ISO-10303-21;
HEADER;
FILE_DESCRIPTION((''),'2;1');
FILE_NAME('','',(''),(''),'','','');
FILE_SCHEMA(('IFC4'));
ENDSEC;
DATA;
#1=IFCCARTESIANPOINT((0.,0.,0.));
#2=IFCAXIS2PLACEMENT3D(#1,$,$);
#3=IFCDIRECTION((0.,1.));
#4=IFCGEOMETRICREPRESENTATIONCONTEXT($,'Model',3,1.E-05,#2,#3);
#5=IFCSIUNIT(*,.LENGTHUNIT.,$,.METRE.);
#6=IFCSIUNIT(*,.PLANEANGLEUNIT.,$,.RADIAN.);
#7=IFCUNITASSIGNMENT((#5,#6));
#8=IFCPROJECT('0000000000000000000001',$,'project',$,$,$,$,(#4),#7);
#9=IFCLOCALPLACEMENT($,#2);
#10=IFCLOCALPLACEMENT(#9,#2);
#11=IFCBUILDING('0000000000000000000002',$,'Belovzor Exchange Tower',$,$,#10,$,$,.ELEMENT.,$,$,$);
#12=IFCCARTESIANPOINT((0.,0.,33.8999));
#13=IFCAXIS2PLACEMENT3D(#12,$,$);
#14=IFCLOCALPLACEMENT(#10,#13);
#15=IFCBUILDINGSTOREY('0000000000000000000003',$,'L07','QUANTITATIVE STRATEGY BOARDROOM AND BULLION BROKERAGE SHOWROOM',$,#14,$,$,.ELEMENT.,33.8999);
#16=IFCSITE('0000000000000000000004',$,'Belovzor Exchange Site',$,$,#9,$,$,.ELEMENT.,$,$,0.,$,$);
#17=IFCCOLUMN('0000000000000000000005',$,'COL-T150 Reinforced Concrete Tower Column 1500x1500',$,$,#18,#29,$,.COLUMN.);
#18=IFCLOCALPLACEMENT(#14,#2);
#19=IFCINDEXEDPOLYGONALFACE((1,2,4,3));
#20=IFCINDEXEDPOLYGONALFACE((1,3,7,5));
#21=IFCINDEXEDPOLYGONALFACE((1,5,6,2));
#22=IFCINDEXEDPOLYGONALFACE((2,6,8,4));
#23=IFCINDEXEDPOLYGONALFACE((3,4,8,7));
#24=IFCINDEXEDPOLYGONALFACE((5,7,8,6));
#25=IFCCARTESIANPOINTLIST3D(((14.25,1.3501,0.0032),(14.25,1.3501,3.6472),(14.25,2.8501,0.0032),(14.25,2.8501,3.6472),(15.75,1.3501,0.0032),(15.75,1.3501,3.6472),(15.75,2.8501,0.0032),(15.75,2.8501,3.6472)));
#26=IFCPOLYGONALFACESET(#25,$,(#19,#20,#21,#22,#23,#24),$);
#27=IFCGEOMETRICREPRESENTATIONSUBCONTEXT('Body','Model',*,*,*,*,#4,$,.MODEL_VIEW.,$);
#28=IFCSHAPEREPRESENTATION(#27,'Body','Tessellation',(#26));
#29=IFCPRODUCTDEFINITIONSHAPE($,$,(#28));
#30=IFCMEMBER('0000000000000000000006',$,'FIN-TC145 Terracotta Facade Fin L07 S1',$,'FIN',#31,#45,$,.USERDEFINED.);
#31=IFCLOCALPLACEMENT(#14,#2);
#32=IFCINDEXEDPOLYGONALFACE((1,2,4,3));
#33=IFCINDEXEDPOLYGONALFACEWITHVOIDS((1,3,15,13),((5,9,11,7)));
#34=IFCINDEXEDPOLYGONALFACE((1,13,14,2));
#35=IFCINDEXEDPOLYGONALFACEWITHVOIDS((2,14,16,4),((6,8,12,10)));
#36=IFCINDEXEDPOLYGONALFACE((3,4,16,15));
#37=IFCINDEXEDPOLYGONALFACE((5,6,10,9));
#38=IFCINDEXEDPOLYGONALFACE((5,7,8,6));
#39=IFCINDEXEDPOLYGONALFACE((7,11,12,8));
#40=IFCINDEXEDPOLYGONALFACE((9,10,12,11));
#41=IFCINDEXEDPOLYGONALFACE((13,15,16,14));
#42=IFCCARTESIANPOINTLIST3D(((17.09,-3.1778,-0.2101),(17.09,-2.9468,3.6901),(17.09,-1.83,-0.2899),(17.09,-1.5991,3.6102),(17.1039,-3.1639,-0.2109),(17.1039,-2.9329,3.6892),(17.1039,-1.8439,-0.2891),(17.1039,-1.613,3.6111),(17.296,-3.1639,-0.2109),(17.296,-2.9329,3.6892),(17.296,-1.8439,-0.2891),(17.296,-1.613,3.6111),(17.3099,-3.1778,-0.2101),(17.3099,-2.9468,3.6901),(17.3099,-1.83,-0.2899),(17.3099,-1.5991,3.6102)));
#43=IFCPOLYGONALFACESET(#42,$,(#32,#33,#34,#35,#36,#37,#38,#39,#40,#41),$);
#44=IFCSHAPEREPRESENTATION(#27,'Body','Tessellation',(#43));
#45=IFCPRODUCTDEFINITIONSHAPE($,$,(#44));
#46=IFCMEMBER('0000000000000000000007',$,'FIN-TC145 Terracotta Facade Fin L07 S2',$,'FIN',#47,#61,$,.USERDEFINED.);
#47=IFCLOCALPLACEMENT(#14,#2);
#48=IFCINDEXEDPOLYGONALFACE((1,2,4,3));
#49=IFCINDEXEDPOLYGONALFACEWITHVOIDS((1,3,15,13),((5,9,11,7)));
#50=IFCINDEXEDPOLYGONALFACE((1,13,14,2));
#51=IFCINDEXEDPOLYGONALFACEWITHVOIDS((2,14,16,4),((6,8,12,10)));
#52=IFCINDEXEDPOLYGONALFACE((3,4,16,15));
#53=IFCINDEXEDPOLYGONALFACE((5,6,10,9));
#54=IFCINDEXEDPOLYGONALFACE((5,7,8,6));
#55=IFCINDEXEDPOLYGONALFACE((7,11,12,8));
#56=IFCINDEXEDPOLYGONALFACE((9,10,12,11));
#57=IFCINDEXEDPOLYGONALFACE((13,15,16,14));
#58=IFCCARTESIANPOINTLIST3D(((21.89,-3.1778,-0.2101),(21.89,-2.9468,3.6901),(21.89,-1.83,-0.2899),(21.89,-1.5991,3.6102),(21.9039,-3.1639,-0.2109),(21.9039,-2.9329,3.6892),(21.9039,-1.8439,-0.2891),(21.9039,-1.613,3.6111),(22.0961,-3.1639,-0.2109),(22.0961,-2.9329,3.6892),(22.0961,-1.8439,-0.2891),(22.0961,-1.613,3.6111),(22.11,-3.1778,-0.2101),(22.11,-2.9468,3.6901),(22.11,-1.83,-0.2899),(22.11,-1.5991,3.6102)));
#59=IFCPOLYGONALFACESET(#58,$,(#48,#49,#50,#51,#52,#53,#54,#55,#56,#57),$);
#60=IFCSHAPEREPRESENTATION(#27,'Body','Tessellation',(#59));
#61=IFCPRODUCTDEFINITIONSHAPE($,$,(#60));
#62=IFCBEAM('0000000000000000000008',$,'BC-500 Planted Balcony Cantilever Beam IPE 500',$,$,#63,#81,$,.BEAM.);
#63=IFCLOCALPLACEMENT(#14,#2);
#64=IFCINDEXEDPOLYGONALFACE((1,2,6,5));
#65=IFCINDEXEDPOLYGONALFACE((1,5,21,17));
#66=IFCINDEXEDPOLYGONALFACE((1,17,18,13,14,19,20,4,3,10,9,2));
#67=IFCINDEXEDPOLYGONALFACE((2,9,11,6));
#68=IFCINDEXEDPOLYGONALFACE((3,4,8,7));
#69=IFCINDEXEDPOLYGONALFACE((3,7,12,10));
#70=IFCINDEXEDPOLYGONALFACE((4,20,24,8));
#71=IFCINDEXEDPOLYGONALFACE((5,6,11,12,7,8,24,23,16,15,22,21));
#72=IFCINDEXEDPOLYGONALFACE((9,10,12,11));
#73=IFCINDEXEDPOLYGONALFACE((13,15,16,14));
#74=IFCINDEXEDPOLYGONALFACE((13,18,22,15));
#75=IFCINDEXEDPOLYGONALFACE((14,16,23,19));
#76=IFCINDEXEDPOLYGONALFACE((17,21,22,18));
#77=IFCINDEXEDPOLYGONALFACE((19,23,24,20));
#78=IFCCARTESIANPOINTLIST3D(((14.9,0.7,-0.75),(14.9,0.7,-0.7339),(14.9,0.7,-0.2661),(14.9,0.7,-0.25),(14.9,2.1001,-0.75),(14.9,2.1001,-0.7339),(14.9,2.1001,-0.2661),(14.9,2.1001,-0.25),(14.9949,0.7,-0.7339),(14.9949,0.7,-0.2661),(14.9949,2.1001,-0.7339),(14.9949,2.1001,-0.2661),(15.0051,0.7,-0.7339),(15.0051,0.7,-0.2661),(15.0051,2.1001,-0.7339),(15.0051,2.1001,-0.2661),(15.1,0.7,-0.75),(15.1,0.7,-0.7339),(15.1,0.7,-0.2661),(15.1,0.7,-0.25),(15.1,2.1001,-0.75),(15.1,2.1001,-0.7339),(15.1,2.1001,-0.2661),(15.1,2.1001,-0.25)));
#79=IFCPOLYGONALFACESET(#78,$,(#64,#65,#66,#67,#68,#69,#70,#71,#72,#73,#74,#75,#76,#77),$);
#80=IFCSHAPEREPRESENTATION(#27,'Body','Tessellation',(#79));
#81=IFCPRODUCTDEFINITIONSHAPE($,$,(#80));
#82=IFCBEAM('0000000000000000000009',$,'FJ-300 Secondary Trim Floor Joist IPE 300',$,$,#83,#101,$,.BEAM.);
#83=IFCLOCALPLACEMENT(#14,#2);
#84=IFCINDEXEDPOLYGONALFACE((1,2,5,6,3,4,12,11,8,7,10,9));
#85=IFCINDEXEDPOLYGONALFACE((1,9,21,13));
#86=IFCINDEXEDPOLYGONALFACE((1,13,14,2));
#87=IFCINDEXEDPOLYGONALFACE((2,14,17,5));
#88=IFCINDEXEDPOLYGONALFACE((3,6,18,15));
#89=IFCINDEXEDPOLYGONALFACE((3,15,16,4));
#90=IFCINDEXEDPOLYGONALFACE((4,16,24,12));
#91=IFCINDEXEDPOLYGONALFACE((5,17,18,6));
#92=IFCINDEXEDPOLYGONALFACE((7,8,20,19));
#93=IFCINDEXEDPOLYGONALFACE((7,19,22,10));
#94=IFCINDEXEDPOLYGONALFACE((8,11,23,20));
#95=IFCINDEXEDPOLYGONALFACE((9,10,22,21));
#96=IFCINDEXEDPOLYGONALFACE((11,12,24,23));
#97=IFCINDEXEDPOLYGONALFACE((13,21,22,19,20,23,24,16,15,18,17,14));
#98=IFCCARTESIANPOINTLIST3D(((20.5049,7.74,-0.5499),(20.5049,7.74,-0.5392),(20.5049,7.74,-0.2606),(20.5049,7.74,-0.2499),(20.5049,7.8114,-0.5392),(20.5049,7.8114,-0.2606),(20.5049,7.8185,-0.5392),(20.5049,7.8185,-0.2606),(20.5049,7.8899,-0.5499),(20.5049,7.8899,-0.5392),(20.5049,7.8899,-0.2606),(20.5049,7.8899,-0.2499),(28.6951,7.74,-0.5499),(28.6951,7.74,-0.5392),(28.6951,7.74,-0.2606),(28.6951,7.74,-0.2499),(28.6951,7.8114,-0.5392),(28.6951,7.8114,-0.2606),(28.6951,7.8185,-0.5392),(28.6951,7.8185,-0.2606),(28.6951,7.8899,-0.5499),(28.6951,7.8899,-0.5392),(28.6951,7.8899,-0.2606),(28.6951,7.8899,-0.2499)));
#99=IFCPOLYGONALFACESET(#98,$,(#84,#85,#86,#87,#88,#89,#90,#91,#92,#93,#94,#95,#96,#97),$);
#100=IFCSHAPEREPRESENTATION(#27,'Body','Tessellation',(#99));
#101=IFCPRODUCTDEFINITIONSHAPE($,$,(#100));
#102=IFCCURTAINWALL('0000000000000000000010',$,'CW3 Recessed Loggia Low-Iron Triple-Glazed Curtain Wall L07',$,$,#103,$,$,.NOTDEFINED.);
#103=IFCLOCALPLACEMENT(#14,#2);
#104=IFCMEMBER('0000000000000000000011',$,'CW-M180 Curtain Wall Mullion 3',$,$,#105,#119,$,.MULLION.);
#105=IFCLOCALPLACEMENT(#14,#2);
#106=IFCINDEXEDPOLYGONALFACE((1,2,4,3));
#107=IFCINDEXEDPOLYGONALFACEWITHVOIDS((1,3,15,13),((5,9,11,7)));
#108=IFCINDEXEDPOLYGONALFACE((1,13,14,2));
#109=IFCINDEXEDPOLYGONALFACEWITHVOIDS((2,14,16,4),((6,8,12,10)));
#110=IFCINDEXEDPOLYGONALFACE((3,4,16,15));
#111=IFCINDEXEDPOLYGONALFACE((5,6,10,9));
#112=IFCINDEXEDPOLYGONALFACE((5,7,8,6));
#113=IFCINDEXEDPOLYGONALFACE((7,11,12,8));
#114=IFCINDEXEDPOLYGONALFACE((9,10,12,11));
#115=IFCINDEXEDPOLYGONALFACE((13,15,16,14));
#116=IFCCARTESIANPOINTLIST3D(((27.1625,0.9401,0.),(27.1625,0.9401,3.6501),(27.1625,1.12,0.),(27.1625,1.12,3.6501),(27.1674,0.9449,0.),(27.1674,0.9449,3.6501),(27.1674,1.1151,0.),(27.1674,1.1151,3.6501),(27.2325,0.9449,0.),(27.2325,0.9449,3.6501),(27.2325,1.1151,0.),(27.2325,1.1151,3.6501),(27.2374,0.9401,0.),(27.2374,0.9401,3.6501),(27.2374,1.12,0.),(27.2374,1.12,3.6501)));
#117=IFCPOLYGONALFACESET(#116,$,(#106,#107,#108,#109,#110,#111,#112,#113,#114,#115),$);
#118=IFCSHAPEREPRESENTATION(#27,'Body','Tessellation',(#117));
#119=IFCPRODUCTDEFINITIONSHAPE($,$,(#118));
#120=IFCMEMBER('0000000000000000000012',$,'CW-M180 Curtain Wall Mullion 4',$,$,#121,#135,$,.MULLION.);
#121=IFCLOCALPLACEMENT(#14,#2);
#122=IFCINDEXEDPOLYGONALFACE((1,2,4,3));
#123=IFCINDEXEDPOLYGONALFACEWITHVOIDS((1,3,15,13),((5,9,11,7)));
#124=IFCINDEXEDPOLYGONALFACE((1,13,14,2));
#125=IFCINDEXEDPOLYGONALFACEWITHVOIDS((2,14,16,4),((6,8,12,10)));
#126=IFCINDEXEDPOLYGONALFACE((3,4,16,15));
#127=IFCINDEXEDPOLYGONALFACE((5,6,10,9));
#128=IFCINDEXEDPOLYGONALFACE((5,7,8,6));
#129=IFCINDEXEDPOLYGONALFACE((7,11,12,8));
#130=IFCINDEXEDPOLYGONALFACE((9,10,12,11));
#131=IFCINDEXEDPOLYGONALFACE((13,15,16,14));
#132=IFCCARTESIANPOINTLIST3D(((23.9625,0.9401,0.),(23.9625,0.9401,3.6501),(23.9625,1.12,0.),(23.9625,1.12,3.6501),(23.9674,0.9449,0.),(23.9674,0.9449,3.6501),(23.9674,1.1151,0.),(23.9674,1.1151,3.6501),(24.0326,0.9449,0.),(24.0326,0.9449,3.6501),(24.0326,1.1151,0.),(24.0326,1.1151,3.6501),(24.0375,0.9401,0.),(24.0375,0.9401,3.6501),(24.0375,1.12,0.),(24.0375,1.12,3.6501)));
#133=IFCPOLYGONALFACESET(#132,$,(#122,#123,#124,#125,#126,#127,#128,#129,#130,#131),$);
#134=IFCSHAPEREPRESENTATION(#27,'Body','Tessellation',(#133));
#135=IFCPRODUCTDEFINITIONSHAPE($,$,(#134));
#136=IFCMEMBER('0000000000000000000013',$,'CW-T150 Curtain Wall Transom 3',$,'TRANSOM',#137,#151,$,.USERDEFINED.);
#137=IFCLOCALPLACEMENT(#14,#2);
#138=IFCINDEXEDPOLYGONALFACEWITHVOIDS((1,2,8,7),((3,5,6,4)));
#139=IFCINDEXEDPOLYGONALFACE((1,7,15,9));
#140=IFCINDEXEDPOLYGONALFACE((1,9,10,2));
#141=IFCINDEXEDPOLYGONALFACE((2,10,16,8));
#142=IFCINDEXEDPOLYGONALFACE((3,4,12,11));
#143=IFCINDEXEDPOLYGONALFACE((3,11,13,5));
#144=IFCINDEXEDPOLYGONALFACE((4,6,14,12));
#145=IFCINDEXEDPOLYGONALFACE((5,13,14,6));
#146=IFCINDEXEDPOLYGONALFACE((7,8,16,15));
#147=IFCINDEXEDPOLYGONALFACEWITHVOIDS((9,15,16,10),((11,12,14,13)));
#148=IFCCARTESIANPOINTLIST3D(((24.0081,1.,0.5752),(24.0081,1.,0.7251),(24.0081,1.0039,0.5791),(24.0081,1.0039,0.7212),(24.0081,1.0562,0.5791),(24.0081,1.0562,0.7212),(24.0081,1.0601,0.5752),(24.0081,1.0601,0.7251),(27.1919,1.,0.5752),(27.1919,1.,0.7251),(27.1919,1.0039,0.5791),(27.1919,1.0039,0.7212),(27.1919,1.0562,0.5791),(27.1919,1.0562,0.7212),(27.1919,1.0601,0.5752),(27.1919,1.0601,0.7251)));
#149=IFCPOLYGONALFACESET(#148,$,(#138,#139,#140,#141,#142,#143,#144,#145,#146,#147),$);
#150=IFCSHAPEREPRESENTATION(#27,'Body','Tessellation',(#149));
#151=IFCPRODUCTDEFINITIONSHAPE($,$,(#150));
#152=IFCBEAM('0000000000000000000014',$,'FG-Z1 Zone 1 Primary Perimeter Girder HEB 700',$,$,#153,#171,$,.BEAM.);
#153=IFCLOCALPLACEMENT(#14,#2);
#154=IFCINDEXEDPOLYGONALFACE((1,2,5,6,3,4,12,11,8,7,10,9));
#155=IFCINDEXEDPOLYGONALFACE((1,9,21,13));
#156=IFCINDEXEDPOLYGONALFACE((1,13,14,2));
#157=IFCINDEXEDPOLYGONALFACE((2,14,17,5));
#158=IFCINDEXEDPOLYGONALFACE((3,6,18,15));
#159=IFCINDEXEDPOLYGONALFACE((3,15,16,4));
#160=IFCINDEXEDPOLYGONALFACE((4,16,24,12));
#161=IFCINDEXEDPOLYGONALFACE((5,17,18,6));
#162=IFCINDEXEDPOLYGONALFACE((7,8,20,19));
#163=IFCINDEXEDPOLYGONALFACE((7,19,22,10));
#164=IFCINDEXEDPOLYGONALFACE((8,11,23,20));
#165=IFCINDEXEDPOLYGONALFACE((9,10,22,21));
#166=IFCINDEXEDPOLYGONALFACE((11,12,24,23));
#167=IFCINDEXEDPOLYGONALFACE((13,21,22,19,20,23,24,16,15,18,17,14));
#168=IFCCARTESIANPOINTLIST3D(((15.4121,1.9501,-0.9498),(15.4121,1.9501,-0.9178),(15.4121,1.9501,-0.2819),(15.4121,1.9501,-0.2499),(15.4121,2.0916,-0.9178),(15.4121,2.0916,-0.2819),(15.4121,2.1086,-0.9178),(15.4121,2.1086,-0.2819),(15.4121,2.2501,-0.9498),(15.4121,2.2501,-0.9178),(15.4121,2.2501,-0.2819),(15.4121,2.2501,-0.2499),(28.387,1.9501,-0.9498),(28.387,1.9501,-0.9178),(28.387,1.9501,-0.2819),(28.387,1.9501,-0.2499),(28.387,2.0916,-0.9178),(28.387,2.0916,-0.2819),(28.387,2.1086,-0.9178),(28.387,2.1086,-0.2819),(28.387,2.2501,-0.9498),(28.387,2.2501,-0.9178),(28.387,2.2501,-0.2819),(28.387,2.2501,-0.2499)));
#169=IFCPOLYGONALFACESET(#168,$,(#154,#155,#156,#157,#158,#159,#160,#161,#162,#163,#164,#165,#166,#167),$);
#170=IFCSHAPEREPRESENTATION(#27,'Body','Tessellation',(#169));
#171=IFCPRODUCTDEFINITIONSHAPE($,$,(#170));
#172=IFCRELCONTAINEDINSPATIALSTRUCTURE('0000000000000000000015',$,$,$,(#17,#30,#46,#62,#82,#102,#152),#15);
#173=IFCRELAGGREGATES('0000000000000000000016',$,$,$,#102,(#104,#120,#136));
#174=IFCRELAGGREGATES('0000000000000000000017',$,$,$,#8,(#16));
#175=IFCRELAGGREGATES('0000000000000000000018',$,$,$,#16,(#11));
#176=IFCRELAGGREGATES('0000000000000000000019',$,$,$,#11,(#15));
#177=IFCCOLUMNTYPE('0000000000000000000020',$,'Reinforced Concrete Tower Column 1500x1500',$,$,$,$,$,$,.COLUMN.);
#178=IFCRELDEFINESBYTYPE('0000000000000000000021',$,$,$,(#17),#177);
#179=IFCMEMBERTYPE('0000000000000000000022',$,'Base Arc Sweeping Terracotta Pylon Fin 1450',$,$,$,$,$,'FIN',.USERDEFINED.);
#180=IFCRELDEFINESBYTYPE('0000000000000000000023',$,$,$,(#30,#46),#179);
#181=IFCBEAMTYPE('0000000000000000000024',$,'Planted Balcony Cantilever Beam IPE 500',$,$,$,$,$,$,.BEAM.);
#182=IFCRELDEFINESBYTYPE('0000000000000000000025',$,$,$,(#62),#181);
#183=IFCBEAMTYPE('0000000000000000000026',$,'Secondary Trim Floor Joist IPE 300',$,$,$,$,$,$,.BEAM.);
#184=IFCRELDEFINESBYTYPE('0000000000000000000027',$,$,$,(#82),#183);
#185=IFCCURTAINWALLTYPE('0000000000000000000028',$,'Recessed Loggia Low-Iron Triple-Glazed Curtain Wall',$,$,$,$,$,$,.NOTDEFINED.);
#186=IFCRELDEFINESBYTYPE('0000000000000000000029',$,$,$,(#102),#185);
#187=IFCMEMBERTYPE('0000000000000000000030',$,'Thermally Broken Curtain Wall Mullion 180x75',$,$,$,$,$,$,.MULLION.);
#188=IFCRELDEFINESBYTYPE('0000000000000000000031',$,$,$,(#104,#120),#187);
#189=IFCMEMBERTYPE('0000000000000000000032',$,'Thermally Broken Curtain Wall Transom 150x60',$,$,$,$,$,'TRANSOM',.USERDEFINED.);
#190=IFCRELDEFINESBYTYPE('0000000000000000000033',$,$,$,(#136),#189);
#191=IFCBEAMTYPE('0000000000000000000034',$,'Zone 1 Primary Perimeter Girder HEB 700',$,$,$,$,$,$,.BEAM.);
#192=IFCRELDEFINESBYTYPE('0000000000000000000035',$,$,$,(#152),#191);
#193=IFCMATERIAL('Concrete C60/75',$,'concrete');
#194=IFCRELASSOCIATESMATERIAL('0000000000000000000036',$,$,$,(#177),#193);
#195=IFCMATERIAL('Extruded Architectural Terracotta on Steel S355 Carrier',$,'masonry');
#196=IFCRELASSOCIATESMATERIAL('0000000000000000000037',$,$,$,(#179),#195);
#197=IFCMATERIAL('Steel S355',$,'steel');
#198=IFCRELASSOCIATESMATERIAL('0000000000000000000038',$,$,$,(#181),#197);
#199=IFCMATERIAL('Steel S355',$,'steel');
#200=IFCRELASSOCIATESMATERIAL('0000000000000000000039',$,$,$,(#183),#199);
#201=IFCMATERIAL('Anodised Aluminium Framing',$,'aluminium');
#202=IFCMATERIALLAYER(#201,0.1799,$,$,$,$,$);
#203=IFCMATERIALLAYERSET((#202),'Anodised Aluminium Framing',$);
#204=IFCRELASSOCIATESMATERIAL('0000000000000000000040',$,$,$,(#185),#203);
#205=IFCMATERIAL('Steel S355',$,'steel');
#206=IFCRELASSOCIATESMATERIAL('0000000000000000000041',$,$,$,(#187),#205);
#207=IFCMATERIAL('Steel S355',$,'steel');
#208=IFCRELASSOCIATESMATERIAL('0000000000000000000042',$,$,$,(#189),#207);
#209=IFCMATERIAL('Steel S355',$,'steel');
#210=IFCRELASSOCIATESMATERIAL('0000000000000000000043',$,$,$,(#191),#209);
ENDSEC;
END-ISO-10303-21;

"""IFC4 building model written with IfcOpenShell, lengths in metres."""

from ifc_helpers import new_model, si_unit, direction, frame, origin, origin_2d, place, context, subcontext, project, spatial, rectangle, hollow_rectangle, i_section, extrude, material, layer, layer_set, material_profile, profile_set, type_object, element, aggregate, save


model = new_model("IFC4")

# Units and contexts
model_context = context("Model", 3, precision=1e-05, world=origin(), true_north=direction((0.0, 1.0)))
body_context = subcontext(model_context, "Body", "Model", "MODEL_VIEW")
ifc_project = project(units=[si_unit("LENGTHUNIT", "METRE"), si_unit("PLANEANGLEUNIT", "RADIAN")], contexts=[model_context])

# Site, building, storey
site_placement = place(None, origin())
site = spatial("IfcSite", under=ifc_project, at=site_placement, Name="Belovzor Exchange Site", CompositionType="ELEMENT", RefElevation=0.0)
building_placement = place(site_placement, origin())
building = spatial("IfcBuilding", under=site, at=building_placement, Name="Belovzor Exchange Tower", CompositionType="ELEMENT")
storey_placement = place(building_placement, frame((0.0, 0.0, 33.8999)))
storey = spatial("IfcBuildingStorey", under=building, at=storey_placement, Name="L07", Description="QUANTITATIVE STRATEGY BOARDROOM AND BULLION BROKERAGE SHOWROOM", CompositionType="ELEMENT", Elevation=33.8999)

# Column
ifc_material_1 = material(Name="Concrete C60/75", Category="concrete")
ifc_material_profile_1 = material_profile(ifc_material_1, rectangle(XDim=1.5, YDim=1.5, at=origin_2d()))
ifc_profile_set_1 = profile_set([ifc_material_profile_1], Name="Concrete C60/75")
column_type = type_object("IfcColumnType", Name="Reinforced Concrete Tower Column 1500x1500", PredefinedType="COLUMN", material=ifc_profile_set_1)
column_placement = place(storey_placement, frame((15.0, 2.1001, 0.0032), z_axis=(0.0, 0.0, 1.0), x_axis=(1.0, 0.0, 0.0)))
element("IfcColumn", 1, at=column_placement, inside=storey, type_object=column_type, Name="COL-T150 Reinforced Concrete Tower Column 1500x1500", PredefinedType="COLUMN", context=body_context, shape_type="SweptSolid", body=[
    extrude(rectangle(XDim=1.5, YDim=1.5, at=origin_2d()), origin(), (0.0, 0.0, 1.0), 3.644),
])

# Members
ifc_material_2 = material(Name="Extruded Architectural Terracotta on Steel S355 Carrier", Category="masonry")
ifc_material_profile_2 = material_profile(ifc_material_2, hollow_rectangle(XDim=0.22, YDim=1.3501, WallThickness=0.0139, at=origin_2d()))
ifc_profile_set_2 = profile_set([ifc_material_profile_2], Name="Extruded Architectural Terracotta on Steel S355 Carrier")
member_type_1 = type_object("IfcMemberType", Name="Base Arc Sweeping Terracotta Pylon Fin 1450", ElementType="FIN", PredefinedType="USERDEFINED", material=ifc_profile_set_2)
for number, where, z_axis, x_axis, name in (
    (2, (17.2, -2.5039, -0.25), (0.0, 0.059114, 0.998251), (-1.0, 0.0, 0.0), "FIN-TC145 Terracotta Facade Fin L07 S1"),
    (3, (22.0, -2.5039, -0.25), (0.0, 0.059114, 0.998251), (-1.0, 0.0, 0.0), "FIN-TC145 Terracotta Facade Fin L07 S2"),
):
    element("IfcMember", number, at=place(storey_placement, frame(where, z_axis=z_axis, x_axis=x_axis)), inside=storey, type_object=member_type_1, Name=name, ObjectType="FIN", PredefinedType="USERDEFINED", context=body_context, shape_type="SweptSolid", body=[
        extrude(hollow_rectangle(XDim=0.22, YDim=1.3501, WallThickness=0.0139, at=origin_2d()), origin(), (0.0, 0.0, 1.0), 3.907),
    ])

# Beams
ifc_material_3 = material(Name="Steel S355", Category="steel")
ifc_material_profile_3 = material_profile(ifc_material_3, i_section(OverallWidth=0.2, OverallDepth=0.5, WebThickness=0.0103, FlangeThickness=0.0161, at=origin_2d()))
ifc_profile_set_3 = profile_set([ifc_material_profile_3], Name="Steel S355")
beam_type_1 = type_object("IfcBeamType", Name="Planted Balcony Cantilever Beam IPE 500", PredefinedType="BEAM", material=ifc_profile_set_3)
beam_1_placement = place(storey_placement, frame((15.0, 2.1001, -0.5), z_axis=(0.0, -1.0, 0.0), x_axis=(1.0, 0.0, 0.0)))
element("IfcBeam", 4, at=beam_1_placement, inside=storey, type_object=beam_type_1, Name="BC-500 Planted Balcony Cantilever Beam IPE 500", PredefinedType="BEAM", context=body_context, shape_type="SweptSolid", body=[
    extrude(i_section(OverallWidth=0.2, OverallDepth=0.5, WebThickness=0.0103, FlangeThickness=0.0161, at=origin_2d()), origin(), (0.0, 0.0, 1.0), 1.4001),
])
ifc_material_4 = material(Name="Steel S355", Category="steel")
ifc_material_profile_4 = material_profile(ifc_material_4, i_section(OverallWidth=0.1499, OverallDepth=0.3, WebThickness=0.0071, FlangeThickness=0.0107, at=origin_2d()))
ifc_profile_set_4 = profile_set([ifc_material_profile_4], Name="Steel S355")
beam_type_2 = type_object("IfcBeamType", Name="Secondary Trim Floor Joist IPE 300", PredefinedType="BEAM", material=ifc_profile_set_4)
beam_2_placement = place(storey_placement, frame((20.5049, 7.8149, -0.3999), z_axis=(1.0, 0.0, 0.0), x_axis=(0.0, 1.0, 0.0)))
element("IfcBeam", 5, at=beam_2_placement, inside=storey, type_object=beam_type_2, Name="FJ-300 Secondary Trim Floor Joist IPE 300", PredefinedType="BEAM", context=body_context, shape_type="SweptSolid", body=[
    extrude(i_section(OverallWidth=0.1499, OverallDepth=0.3, WebThickness=0.0071, FlangeThickness=0.0107, at=origin_2d()), origin(), (0.0, 0.0, 1.0), 8.1902),
])

# Curtain wall, members
ifc_material_5 = material(Name="Anodised Aluminium Framing", Category="aluminium")
ifc_layer_1 = layer(ifc_material_5, 0.1799)
ifc_layer_set_1 = layer_set([ifc_layer_1], Name="Anodised Aluminium Framing")
curtain_wall_type = type_object("IfcCurtainWallType", Name="Recessed Loggia Low-Iron Triple-Glazed Curtain Wall", PredefinedType="NOTDEFINED", material=ifc_layer_set_1)
curtain_wall_placement = place(storey_placement, origin())
curtain_wall = element("IfcCurtainWall", 6, at=curtain_wall_placement, inside=storey, type_object=curtain_wall_type, Name="CW3 Recessed Loggia Low-Iron Triple-Glazed Curtain Wall L07", PredefinedType="NOTDEFINED")
ifc_material_6 = material(Name="Steel S355", Category="steel")
ifc_material_profile_5 = material_profile(ifc_material_6, hollow_rectangle(XDim=0.075, YDim=0.1799, WallThickness=0.0049, at=origin_2d()))
ifc_profile_set_5 = profile_set([ifc_material_profile_5], Name="Steel S355")
member_type_2 = type_object("IfcMemberType", Name="Thermally Broken Curtain Wall Mullion 180x75", PredefinedType="MULLION", material=ifc_profile_set_5)
member_1_placement = place(storey_placement, frame((27.2, 1.03, 0.0), z_axis=(0.0, 0.0, 1.0), x_axis=(-1.0, 0.0, 0.0)))
member_1 = element("IfcMember", 7, at=member_1_placement, type_object=member_type_2, Name="CW-M180 Curtain Wall Mullion 3", PredefinedType="MULLION", context=body_context, shape_type="SweptSolid", body=[
    extrude(hollow_rectangle(XDim=0.075, YDim=0.1799, WallThickness=0.0049, at=origin_2d()), origin(), (0.0, 0.0, 1.0), 3.6501),
])
member_2_placement = place(storey_placement, frame((24.0, 1.03, 0.0), z_axis=(0.0, 0.0, 1.0), x_axis=(-1.0, 0.0, 0.0)))
member_2 = element("IfcMember", 8, at=member_2_placement, type_object=member_type_2, Name="CW-M180 Curtain Wall Mullion 4", PredefinedType="MULLION", context=body_context, shape_type="SweptSolid", body=[
    extrude(hollow_rectangle(XDim=0.075, YDim=0.1799, WallThickness=0.0049, at=origin_2d()), origin(), (0.0, 0.0, 1.0), 3.6501),
])
ifc_material_7 = material(Name="Steel S355", Category="steel")
ifc_material_profile_6 = material_profile(ifc_material_7, hollow_rectangle(XDim=0.0601, YDim=0.1499, WallThickness=0.0039, at=origin_2d()))
ifc_profile_set_6 = profile_set([ifc_material_profile_6], Name="Steel S355")
member_type_3 = type_object("IfcMemberType", Name="Thermally Broken Curtain Wall Transom 150x60", ElementType="TRANSOM", PredefinedType="USERDEFINED", material=ifc_profile_set_6)
member_3_placement = place(storey_placement, frame((27.1919, 1.03, 0.6501), z_axis=(-1.0, 0.0, 0.0), x_axis=(0.0, -1.0, 0.0)))
member_3 = element("IfcMember", 9, at=member_3_placement, type_object=member_type_3, Name="CW-T150 Curtain Wall Transom 3", ObjectType="TRANSOM", PredefinedType="USERDEFINED", context=body_context, shape_type="SweptSolid", body=[
    extrude(hollow_rectangle(XDim=0.0601, YDim=0.1499, WallThickness=0.0039, at=origin_2d()), origin(), (0.0, 0.0, 1.0), 3.1838),
])

# Beam
ifc_material_8 = material(Name="Steel S355", Category="steel")
ifc_material_profile_7 = material_profile(ifc_material_8, i_section(OverallWidth=0.3, OverallDepth=0.7, WebThickness=0.0171, FlangeThickness=0.032, at=origin_2d()))
ifc_profile_set_7 = profile_set([ifc_material_profile_7], Name="Steel S355")
beam_type_3 = type_object("IfcBeamType", Name="Zone 1 Primary Perimeter Girder HEB 700", PredefinedType="BEAM", material=ifc_profile_set_7)
beam_3_placement = place(storey_placement, frame((15.4121, 2.1001, -0.5999), z_axis=(1.0, 0.0, 0.0), x_axis=(0.0, 1.0, 0.0)))
element("IfcBeam", 10, at=beam_3_placement, inside=storey, type_object=beam_type_3, Name="FG-Z1 Zone 1 Primary Perimeter Girder HEB 700", PredefinedType="BEAM", context=body_context, shape_type="SweptSolid", body=[
    extrude(i_section(OverallWidth=0.3, OverallDepth=0.7, WebThickness=0.0171, FlangeThickness=0.032, at=origin_2d()), origin(), (0.0, 0.0, 1.0), 12.9749),
])

aggregate(curtain_wall, [member_1, member_2, member_3])

save(model, "model.ifc")
